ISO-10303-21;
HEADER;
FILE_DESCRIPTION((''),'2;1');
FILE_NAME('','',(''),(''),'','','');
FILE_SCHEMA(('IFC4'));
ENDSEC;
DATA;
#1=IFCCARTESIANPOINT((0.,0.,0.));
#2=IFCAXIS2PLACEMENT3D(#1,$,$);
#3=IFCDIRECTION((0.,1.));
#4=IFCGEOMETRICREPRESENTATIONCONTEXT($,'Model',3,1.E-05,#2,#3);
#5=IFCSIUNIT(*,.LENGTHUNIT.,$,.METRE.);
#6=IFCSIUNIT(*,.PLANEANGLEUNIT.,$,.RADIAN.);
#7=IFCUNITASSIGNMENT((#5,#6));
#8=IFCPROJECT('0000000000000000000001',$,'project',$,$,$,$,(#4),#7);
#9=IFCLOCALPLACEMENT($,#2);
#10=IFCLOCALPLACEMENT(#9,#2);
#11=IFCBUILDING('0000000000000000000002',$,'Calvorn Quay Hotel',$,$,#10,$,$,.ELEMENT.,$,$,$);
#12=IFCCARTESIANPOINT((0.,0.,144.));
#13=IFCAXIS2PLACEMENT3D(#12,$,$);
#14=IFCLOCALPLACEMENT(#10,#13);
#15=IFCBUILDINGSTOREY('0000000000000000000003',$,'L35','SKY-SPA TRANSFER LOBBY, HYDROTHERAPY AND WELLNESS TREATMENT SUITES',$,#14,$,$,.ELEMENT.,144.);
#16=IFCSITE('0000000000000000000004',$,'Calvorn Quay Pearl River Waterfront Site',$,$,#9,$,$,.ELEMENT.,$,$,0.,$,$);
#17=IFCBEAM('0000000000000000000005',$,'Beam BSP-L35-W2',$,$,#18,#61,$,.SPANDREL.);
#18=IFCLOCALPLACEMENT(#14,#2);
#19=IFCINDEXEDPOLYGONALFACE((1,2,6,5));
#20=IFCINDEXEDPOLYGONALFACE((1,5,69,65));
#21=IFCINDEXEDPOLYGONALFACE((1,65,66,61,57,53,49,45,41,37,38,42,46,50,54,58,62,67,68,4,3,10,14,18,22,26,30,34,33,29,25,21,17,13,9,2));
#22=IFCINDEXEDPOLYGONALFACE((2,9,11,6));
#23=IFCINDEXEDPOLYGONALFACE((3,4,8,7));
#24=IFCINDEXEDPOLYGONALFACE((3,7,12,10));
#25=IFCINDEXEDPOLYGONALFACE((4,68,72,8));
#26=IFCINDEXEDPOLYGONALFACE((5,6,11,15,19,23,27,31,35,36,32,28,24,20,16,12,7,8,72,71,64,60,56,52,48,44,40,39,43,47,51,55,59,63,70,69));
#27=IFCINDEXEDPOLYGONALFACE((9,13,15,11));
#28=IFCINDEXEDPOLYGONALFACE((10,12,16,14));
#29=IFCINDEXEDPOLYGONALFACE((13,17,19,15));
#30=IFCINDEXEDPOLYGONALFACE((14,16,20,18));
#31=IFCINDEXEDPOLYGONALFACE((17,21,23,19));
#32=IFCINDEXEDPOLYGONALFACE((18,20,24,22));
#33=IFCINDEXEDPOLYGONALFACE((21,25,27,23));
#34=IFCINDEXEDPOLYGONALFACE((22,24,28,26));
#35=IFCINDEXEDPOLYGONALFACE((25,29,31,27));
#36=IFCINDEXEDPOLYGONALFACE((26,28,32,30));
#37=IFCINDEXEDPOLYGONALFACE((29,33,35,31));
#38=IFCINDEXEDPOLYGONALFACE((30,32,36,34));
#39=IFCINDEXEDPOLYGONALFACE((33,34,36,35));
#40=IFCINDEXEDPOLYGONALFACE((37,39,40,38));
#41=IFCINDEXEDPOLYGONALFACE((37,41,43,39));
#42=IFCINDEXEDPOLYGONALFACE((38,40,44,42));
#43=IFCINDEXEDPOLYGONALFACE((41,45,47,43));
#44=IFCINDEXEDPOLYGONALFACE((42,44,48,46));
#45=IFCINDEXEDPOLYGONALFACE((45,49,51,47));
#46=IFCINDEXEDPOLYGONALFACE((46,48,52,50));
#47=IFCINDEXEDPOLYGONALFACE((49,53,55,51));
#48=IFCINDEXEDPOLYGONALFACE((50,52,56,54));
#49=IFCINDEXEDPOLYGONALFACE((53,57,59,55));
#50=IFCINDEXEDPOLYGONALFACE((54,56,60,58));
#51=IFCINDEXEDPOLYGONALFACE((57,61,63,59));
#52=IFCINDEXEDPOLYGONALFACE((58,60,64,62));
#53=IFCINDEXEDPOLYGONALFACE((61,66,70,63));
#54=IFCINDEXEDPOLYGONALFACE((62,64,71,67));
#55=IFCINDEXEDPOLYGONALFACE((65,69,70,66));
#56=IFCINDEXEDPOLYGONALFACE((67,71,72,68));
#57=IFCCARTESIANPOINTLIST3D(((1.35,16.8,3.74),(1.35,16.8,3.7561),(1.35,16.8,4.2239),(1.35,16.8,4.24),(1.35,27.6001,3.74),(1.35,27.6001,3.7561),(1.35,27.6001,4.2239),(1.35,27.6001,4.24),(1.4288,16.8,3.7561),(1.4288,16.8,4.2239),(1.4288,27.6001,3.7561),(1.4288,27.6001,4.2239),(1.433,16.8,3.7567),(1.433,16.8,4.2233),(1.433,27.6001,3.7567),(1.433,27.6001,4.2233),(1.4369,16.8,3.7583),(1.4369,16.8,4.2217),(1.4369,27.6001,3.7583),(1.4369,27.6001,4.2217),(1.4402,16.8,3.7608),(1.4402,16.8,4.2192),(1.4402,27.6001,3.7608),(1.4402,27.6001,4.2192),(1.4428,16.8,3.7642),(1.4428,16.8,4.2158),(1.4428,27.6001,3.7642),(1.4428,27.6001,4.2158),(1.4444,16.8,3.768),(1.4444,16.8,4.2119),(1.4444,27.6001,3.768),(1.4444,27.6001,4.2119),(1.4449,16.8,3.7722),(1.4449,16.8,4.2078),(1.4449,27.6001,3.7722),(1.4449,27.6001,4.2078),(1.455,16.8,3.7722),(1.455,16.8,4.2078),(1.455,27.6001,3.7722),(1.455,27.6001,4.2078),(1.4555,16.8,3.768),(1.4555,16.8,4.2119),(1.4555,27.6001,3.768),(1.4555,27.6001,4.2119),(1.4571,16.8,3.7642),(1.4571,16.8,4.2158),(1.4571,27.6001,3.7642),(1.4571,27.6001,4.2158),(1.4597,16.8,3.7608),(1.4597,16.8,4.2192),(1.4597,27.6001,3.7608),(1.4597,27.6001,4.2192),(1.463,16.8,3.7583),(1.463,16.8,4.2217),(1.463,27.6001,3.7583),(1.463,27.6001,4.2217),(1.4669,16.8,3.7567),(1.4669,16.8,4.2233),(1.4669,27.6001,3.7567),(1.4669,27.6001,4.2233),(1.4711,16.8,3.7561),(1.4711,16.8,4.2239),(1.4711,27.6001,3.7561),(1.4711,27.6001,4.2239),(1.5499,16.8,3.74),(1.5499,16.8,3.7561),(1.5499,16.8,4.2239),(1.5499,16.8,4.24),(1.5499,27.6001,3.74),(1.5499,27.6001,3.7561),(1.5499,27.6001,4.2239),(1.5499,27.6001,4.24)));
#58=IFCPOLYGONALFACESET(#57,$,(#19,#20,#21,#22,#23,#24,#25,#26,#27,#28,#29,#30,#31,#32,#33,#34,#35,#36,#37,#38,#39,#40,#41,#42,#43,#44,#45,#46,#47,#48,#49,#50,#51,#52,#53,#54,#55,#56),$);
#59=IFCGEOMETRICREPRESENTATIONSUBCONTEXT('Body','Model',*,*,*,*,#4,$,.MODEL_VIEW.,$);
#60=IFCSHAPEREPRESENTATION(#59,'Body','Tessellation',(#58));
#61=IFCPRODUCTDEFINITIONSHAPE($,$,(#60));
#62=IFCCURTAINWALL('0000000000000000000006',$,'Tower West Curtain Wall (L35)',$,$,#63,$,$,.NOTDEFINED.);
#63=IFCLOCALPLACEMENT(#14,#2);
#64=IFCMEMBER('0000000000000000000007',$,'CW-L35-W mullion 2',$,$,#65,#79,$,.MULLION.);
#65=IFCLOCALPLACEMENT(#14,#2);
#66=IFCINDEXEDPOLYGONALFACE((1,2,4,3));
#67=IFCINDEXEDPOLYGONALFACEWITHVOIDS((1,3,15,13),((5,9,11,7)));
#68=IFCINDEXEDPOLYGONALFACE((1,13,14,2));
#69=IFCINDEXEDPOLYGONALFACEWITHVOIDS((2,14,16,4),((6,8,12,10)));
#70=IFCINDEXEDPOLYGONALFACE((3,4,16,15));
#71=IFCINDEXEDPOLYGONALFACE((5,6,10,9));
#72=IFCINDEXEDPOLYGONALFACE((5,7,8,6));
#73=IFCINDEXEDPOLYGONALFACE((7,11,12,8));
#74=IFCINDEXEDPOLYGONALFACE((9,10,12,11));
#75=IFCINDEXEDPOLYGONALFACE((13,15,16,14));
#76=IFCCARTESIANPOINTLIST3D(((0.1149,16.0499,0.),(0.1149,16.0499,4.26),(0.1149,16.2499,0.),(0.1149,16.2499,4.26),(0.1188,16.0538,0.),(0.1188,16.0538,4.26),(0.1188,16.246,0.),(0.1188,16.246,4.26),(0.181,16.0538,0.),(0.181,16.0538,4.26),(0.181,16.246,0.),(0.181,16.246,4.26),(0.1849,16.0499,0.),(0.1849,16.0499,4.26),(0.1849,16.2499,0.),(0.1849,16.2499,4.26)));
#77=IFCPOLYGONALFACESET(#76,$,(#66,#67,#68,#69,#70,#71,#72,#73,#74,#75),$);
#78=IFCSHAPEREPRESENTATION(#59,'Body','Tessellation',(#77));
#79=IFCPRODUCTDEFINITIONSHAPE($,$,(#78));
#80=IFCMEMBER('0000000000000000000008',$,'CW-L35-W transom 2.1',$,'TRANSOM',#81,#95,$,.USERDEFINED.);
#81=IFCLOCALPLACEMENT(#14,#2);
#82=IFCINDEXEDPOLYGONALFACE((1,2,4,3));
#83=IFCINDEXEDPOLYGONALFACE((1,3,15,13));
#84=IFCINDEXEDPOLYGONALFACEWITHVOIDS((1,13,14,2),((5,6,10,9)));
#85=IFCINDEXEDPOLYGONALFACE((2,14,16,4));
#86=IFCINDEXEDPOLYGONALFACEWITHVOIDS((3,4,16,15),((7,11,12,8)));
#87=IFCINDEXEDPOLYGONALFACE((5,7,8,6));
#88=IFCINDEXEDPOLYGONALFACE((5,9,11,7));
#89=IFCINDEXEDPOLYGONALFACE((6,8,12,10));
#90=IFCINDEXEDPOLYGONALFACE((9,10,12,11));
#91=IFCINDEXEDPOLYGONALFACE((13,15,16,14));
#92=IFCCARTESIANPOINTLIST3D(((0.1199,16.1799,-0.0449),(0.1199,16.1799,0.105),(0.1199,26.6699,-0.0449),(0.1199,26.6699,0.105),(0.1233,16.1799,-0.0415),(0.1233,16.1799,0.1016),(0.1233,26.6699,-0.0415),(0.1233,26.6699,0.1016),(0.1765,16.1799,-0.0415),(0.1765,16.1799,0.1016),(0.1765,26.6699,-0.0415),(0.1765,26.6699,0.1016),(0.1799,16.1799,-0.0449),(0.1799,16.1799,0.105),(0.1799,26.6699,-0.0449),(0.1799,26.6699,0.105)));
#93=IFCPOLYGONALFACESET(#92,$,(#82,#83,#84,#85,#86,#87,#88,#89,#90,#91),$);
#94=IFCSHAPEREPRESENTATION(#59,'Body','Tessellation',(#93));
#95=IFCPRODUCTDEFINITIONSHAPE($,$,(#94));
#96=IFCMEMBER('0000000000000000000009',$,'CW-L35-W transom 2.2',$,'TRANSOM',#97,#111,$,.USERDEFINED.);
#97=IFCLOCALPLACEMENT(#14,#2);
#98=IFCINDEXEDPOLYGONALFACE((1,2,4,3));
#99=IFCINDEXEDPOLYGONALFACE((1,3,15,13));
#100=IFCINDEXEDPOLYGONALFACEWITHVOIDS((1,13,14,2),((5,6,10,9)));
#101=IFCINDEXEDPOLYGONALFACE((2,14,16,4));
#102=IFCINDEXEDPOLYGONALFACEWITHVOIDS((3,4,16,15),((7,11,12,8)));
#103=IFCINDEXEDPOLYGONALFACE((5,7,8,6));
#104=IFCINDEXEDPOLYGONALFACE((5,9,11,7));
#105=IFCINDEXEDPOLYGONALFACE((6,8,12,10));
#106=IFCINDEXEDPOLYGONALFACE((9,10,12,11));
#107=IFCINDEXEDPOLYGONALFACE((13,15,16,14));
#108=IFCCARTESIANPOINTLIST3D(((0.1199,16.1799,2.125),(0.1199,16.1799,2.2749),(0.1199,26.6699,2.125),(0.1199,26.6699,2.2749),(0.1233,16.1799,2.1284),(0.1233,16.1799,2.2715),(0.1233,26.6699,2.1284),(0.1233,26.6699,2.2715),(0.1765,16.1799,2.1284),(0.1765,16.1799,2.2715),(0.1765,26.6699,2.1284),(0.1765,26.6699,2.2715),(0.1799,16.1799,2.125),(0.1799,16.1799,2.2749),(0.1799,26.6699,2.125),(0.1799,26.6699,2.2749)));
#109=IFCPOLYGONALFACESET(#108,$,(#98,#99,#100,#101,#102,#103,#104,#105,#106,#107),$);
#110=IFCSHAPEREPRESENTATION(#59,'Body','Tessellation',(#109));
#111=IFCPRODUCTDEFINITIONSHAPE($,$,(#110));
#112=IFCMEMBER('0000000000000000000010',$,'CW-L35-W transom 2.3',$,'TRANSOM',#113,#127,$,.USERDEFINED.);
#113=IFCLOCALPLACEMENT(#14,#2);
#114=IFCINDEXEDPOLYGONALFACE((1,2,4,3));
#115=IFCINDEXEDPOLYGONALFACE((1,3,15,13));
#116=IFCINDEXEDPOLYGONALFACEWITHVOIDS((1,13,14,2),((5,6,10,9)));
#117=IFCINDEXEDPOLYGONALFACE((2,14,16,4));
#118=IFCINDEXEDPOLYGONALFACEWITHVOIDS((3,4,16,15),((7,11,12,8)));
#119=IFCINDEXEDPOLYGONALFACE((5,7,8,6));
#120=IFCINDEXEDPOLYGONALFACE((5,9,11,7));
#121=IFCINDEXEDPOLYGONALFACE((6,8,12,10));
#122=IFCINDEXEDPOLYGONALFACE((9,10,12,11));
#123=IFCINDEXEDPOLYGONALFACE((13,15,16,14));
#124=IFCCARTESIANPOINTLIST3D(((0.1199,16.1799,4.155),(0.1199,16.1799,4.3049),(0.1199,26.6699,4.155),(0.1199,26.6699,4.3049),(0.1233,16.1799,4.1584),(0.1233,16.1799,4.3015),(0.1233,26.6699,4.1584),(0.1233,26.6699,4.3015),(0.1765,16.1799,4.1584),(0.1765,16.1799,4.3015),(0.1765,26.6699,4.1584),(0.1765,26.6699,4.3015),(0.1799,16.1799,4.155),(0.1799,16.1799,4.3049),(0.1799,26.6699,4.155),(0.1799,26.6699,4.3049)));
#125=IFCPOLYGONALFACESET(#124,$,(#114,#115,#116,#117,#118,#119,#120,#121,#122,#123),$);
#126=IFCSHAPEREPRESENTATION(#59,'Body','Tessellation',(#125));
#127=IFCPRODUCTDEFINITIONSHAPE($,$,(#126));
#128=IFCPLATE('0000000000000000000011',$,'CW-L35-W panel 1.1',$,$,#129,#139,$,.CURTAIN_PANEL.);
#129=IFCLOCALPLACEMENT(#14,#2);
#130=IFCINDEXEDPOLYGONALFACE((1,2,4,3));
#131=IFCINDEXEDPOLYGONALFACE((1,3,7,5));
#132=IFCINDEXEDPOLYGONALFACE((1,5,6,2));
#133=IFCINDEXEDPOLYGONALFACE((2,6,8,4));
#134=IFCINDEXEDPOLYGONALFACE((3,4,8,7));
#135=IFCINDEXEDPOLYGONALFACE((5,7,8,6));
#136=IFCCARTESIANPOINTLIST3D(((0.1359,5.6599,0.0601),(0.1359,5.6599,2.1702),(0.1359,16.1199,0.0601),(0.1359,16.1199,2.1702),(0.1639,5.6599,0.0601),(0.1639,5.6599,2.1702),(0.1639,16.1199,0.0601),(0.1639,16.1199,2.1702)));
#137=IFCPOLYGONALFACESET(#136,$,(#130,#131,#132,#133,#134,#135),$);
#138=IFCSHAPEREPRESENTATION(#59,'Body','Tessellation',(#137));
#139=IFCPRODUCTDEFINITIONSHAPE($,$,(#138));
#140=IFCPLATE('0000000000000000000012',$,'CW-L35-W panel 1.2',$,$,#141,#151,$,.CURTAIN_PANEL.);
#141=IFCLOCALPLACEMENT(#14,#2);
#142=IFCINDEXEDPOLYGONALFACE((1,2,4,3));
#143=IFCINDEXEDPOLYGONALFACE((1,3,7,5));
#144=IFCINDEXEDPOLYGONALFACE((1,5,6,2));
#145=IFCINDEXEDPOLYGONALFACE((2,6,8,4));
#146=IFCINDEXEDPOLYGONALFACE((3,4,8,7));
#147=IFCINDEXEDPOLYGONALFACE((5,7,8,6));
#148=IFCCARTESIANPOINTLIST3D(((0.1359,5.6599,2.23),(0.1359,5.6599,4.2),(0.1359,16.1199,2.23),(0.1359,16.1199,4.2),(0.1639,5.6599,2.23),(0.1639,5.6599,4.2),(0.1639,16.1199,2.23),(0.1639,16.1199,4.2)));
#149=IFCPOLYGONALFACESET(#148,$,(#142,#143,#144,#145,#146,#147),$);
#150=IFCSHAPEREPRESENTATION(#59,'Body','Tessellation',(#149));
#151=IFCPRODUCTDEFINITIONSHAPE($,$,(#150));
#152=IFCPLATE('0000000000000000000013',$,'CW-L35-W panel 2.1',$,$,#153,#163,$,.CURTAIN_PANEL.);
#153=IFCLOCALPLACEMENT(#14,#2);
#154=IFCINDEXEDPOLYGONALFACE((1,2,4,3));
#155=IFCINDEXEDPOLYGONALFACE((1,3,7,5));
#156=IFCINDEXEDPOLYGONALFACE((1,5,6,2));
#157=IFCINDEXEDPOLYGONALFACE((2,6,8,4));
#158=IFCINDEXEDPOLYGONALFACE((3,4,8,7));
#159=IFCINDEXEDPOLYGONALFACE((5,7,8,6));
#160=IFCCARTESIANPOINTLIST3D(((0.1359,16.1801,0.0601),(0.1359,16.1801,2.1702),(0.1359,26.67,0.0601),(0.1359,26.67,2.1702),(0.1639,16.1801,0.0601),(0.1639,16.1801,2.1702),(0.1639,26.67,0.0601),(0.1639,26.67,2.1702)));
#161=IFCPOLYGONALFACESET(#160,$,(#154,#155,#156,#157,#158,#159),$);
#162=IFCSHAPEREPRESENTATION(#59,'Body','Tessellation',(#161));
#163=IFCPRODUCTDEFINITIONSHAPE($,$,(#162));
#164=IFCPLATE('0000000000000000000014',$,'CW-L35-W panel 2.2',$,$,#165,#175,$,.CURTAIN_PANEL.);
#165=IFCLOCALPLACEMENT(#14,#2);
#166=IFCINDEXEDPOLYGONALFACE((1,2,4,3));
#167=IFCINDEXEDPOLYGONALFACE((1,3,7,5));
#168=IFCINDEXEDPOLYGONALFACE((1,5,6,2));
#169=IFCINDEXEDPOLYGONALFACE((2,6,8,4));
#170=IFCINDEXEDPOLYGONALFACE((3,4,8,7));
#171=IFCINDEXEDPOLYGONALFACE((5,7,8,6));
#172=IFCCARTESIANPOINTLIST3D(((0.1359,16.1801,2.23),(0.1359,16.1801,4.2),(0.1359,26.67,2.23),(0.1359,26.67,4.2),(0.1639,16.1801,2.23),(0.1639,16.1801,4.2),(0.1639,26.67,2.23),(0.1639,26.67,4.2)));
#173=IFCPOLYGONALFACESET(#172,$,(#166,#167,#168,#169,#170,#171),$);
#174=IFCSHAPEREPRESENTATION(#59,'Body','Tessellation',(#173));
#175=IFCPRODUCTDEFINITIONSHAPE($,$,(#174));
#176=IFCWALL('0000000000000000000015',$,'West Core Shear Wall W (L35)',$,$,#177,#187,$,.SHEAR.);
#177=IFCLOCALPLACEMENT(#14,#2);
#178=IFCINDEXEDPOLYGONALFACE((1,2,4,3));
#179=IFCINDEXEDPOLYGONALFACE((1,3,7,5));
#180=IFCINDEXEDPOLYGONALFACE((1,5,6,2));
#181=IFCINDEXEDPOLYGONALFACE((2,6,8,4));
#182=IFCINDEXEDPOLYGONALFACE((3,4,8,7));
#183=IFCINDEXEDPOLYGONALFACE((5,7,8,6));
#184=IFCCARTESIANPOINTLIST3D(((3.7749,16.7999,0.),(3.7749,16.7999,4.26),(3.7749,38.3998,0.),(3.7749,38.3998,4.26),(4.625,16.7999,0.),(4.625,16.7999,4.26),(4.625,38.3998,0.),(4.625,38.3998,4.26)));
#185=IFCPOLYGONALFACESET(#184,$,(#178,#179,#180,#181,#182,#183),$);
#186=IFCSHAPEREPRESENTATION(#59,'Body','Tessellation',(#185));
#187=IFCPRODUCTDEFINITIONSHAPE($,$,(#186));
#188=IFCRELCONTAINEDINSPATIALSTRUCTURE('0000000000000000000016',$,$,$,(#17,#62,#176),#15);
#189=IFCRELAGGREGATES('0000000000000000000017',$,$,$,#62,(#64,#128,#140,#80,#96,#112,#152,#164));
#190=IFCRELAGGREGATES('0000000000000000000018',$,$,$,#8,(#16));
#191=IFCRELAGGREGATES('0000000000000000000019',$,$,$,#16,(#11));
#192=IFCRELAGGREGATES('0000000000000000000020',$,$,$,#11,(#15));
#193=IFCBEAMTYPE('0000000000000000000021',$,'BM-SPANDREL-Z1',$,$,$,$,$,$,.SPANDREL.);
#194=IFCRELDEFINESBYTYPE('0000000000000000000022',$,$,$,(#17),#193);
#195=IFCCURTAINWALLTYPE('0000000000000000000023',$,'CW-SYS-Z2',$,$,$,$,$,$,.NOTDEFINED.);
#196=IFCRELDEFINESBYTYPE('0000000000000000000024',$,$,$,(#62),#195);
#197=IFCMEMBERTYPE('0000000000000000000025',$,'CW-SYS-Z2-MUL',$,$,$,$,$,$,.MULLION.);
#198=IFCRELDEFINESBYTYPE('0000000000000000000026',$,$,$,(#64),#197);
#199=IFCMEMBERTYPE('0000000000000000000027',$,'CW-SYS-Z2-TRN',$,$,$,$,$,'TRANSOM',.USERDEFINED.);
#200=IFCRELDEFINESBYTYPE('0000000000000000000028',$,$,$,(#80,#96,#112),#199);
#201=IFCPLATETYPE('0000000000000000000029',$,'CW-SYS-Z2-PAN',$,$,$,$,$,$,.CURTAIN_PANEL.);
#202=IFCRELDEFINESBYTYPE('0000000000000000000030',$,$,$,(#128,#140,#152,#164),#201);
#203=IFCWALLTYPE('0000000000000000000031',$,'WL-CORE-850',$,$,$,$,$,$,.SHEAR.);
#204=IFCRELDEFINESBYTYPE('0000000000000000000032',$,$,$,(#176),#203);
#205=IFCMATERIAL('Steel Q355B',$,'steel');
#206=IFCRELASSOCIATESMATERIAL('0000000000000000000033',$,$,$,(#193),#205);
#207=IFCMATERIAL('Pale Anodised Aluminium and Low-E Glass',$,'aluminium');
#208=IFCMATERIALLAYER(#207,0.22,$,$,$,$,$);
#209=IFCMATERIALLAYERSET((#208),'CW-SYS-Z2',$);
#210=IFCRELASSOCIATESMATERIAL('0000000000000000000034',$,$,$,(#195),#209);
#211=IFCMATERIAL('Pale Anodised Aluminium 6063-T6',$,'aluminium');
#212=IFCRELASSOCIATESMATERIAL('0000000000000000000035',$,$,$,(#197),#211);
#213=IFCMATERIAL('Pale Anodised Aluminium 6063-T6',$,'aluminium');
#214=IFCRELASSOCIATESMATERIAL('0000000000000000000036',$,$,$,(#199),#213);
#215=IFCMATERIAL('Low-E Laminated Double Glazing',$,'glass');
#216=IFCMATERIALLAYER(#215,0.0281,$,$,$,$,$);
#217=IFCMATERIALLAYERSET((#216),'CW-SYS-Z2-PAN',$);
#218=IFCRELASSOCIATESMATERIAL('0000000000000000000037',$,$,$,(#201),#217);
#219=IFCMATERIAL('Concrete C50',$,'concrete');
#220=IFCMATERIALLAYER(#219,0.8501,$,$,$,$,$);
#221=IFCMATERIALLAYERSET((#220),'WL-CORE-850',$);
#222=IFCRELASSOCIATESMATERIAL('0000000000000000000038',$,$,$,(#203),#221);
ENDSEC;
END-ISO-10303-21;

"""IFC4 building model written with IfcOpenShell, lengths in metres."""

from ifc_helpers import new_model, si_unit, direction, frame, frame_2d, origin, origin_2d, place, context, subcontext, project, spatial, rectangle, hollow_rectangle, i_section, extrude, material, layer, layer_set, material_profile, profile_set, type_object, element, aggregate, save


model = new_model("IFC4")

# Units and contexts
model_context = context("Model", 3, precision=1e-05, world=origin(), true_north=direction((0.0, 1.0)))
body_context = subcontext(model_context, "Body", "Model", "MODEL_VIEW")
ifc_project = project(units=[si_unit("LENGTHUNIT", "METRE"), si_unit("PLANEANGLEUNIT", "RADIAN")], contexts=[model_context])

# Site, building, storey
site_placement = place(None, origin())
site = spatial("IfcSite", under=ifc_project, at=site_placement, Name="Calvorn Quay Pearl River Waterfront Site", CompositionType="ELEMENT", RefElevation=0.0)
building_placement = place(site_placement, origin())
building = spatial("IfcBuilding", under=site, at=building_placement, Name="Calvorn Quay Hotel", CompositionType="ELEMENT")
storey_placement = place(building_placement, frame((0.0, 0.0, 144.0)))
storey = spatial("IfcBuildingStorey", under=building, at=storey_placement, Name="L35", Description="SKY-SPA TRANSFER LOBBY, HYDROTHERAPY AND WELLNESS TREATMENT SUITES", CompositionType="ELEMENT", Elevation=144.0)

# Beam
ifc_material_1 = material(Name="Steel Q355B", Category="steel")
ifc_material_profile_1 = material_profile(ifc_material_1, i_section(OverallWidth=0.2, OverallDepth=0.5, WebThickness=0.01, FlangeThickness=0.0161, FilletRadius=0.0161, at=origin_2d()), Name="HN500x200x10x16")
ifc_profile_set_1 = profile_set([ifc_material_profile_1], Name="Steel Q355B")
beam_type_1 = type_object("IfcBeamType", Name="BM-SPANDREL-Z1", PredefinedType="SPANDREL", material=ifc_profile_set_1)
beam_1_placement = place(storey_placement, frame((1.45, 16.8, 3.99), z_axis=(0.0, 1.0, 0.0), x_axis=(-1.0, 0.0, 0.0)))
element("IfcBeam", 1, at=beam_1_placement, inside=storey, type_object=beam_type_1, Name="Beam BSP-L35-W2", PredefinedType="SPANDREL", context=body_context, shape_type="SweptSolid", body=[
    extrude(i_section(OverallWidth=0.2, OverallDepth=0.5, WebThickness=0.01, FlangeThickness=0.0161, FilletRadius=0.0161, at=origin_2d()), origin(), (0.0, 0.0, 1.0), 10.8),
])

# Curtain wall, members, plates
ifc_material_2 = material(Name="Pale Anodised Aluminium and Low-E Glass", Category="aluminium")
ifc_layer_1 = layer(ifc_material_2, 0.22)
ifc_layer_set_1 = layer_set([ifc_layer_1], Name="CW-SYS-Z2")
curtain_wall_type = type_object("IfcCurtainWallType", Name="CW-SYS-Z2", PredefinedType="NOTDEFINED", material=ifc_layer_set_1)
curtain_wall_placement = place(storey_placement, origin())
curtain_wall = element("IfcCurtainWall", 2, at=curtain_wall_placement, inside=storey, type_object=curtain_wall_type, Name="Tower West Curtain Wall (L35)", PredefinedType="NOTDEFINED")
ifc_material_3 = material(Name="Pale Anodised Aluminium 6063-T6", Category="aluminium")
ifc_material_profile_2 = material_profile(ifc_material_3, hollow_rectangle(XDim=0.0701, YDim=0.2, WallThickness=0.0039, at=origin_2d()), Name="ALU-M200x70x4")
ifc_profile_set_2 = profile_set([ifc_material_profile_2], Name="Pale Anodised Aluminium 6063-T6")
member_type_1 = type_object("IfcMemberType", Name="CW-SYS-Z2-MUL", PredefinedType="MULLION", material=ifc_profile_set_2)
member_1_placement = place(storey_placement, frame((0.1499, 16.1499, 0.0), z_axis=(0.0, 0.0, 1.0), x_axis=(-1.0, 0.0, 0.0)))
member_1 = element("IfcMember", 3, at=member_1_placement, type_object=member_type_1, Name="CW-L35-W mullion 2", PredefinedType="MULLION", context=body_context, shape_type="SweptSolid", body=[
    extrude(hollow_rectangle(XDim=0.0701, YDim=0.2, WallThickness=0.0039, at=origin_2d()), origin(), (0.0, 0.0, 1.0), 4.26),
])
ifc_material_4 = material(Name="Pale Anodised Aluminium 6063-T6", Category="aluminium")
ifc_material_profile_3 = material_profile(ifc_material_4, hollow_rectangle(XDim=0.0601, YDim=0.1499, WallThickness=0.0034, at=origin_2d()), Name="ALU-T150x60x3.5")
ifc_profile_set_3 = profile_set([ifc_material_profile_3], Name="Pale Anodised Aluminium 6063-T6")
member_type_2 = type_object("IfcMemberType", Name="CW-SYS-Z2-TRN", ElementType="TRANSOM", PredefinedType="USERDEFINED", material=ifc_profile_set_3)
member_2_placement = place(storey_placement, frame((0.1499, 16.1799, 0.03), z_axis=(0.0, 1.0, 0.0), x_axis=(-1.0, 0.0, 0.0)))
member_2 = element("IfcMember", 4, at=member_2_placement, type_object=member_type_2, Name="CW-L35-W transom 2.1", ObjectType="TRANSOM", PredefinedType="USERDEFINED", context=body_context, shape_type="SweptSolid", body=[
    extrude(hollow_rectangle(XDim=0.0601, YDim=0.1499, WallThickness=0.0034, at=origin_2d()), origin(), (0.0, 0.0, 1.0), 10.49),
])
member_3_placement = place(storey_placement, frame((0.1499, 16.1799, 2.2), z_axis=(0.0, 1.0, 0.0), x_axis=(-1.0, 0.0, 0.0)))
member_3 = element("IfcMember", 5, at=member_3_placement, type_object=member_type_2, Name="CW-L35-W transom 2.2", ObjectType="TRANSOM", PredefinedType="USERDEFINED", context=body_context, shape_type="SweptSolid", body=[
    extrude(hollow_rectangle(XDim=0.0601, YDim=0.1499, WallThickness=0.0034, at=origin_2d()), origin(), (0.0, 0.0, 1.0), 10.49),
])
member_4_placement = place(storey_placement, frame((0.1499, 16.1799, 4.23), z_axis=(0.0, 1.0, 0.0), x_axis=(-1.0, 0.0, 0.0)))
member_4 = element("IfcMember", 6, at=member_4_placement, type_object=member_type_2, Name="CW-L35-W transom 2.3", ObjectType="TRANSOM", PredefinedType="USERDEFINED", context=body_context, shape_type="SweptSolid", body=[
    extrude(hollow_rectangle(XDim=0.0601, YDim=0.1499, WallThickness=0.0034, at=origin_2d()), origin(), (0.0, 0.0, 1.0), 10.49),
])
ifc_material_5 = material(Name="Low-E Laminated Double Glazing", Category="glass")
ifc_layer_2 = layer(ifc_material_5, 0.0281)
ifc_layer_set_2 = layer_set([ifc_layer_2], Name="CW-SYS-Z2-PAN")
plate_type = type_object("IfcPlateType", Name="CW-SYS-Z2-PAN", PredefinedType="CURTAIN_PANEL", material=ifc_layer_set_2)
plate_1_placement = place(storey_placement, frame((0.1499, 10.8899, 0.0601), z_axis=(0.0, 0.0, 1.0), x_axis=(0.0, 1.0, 0.0)))
plate_1 = element("IfcPlate", 7, at=plate_1_placement, type_object=plate_type, Name="CW-L35-W panel 1.1", PredefinedType="CURTAIN_PANEL", context=body_context, shape_type="SweptSolid", body=[
    extrude(rectangle(XDim=10.46, YDim=0.0281, at=origin_2d()), origin(), (0.0, 0.0, 1.0), 2.1101),
])
plate_2_placement = place(storey_placement, frame((0.1499, 10.8899, 2.23), z_axis=(0.0, 0.0, 1.0), x_axis=(0.0, 1.0, 0.0)))
plate_2 = element("IfcPlate", 8, at=plate_2_placement, type_object=plate_type, Name="CW-L35-W panel 1.2", PredefinedType="CURTAIN_PANEL", context=body_context, shape_type="SweptSolid", body=[
    extrude(rectangle(XDim=10.46, YDim=0.0281, at=origin_2d()), origin(), (0.0, 0.0, 1.0), 1.97),
])
plate_3_placement = place(storey_placement, frame((0.1499, 21.425, 0.0601), z_axis=(0.0, 0.0, 1.0), x_axis=(0.0, 1.0, 0.0)))
plate_3 = element("IfcPlate", 9, at=plate_3_placement, type_object=plate_type, Name="CW-L35-W panel 2.1", PredefinedType="CURTAIN_PANEL", context=body_context, shape_type="SweptSolid", body=[
    extrude(rectangle(XDim=10.49, YDim=0.0281, at=origin_2d()), origin(), (0.0, 0.0, 1.0), 2.1101),
])
plate_4_placement = place(storey_placement, frame((0.1499, 21.425, 2.23), z_axis=(0.0, 0.0, 1.0), x_axis=(0.0, 1.0, 0.0)))
plate_4 = element("IfcPlate", 10, at=plate_4_placement, type_object=plate_type, Name="CW-L35-W panel 2.2", PredefinedType="CURTAIN_PANEL", context=body_context, shape_type="SweptSolid", body=[
    extrude(rectangle(XDim=10.49, YDim=0.0281, at=origin_2d()), origin(), (0.0, 0.0, 1.0), 1.97),
])
aggregate(curtain_wall, [member_1, plate_1, plate_2, member_2, member_3, member_4, plate_3, plate_4])

# Wall
ifc_material_6 = material(Name="Concrete C50", Category="concrete")
ifc_layer_3 = layer(ifc_material_6, 0.8501)
ifc_layer_set_3 = layer_set([ifc_layer_3], Name="WL-CORE-850")
wall_type = type_object("IfcWallType", Name="WL-CORE-850", PredefinedType="SHEAR", material=ifc_layer_set_3)
wall_placement = place(storey_placement, frame((4.2, 16.8, 0.0), z_axis=(0.0, 0.0, 1.0), x_axis=(0.0, 1.0, 0.0)))
element("IfcWall", 11, at=wall_placement, inside=storey, type_object=wall_type, Name="West Core Shear Wall W (L35)", PredefinedType="SHEAR", context=body_context, shape_type="SweptSolid", body=[
    extrude(rectangle(XDim=21.5999, YDim=0.8501, at=frame_2d((10.7998, 0.0))), origin(), (0.0, 0.0, 1.0), 4.26),
])

save(model, "model.ifc")
